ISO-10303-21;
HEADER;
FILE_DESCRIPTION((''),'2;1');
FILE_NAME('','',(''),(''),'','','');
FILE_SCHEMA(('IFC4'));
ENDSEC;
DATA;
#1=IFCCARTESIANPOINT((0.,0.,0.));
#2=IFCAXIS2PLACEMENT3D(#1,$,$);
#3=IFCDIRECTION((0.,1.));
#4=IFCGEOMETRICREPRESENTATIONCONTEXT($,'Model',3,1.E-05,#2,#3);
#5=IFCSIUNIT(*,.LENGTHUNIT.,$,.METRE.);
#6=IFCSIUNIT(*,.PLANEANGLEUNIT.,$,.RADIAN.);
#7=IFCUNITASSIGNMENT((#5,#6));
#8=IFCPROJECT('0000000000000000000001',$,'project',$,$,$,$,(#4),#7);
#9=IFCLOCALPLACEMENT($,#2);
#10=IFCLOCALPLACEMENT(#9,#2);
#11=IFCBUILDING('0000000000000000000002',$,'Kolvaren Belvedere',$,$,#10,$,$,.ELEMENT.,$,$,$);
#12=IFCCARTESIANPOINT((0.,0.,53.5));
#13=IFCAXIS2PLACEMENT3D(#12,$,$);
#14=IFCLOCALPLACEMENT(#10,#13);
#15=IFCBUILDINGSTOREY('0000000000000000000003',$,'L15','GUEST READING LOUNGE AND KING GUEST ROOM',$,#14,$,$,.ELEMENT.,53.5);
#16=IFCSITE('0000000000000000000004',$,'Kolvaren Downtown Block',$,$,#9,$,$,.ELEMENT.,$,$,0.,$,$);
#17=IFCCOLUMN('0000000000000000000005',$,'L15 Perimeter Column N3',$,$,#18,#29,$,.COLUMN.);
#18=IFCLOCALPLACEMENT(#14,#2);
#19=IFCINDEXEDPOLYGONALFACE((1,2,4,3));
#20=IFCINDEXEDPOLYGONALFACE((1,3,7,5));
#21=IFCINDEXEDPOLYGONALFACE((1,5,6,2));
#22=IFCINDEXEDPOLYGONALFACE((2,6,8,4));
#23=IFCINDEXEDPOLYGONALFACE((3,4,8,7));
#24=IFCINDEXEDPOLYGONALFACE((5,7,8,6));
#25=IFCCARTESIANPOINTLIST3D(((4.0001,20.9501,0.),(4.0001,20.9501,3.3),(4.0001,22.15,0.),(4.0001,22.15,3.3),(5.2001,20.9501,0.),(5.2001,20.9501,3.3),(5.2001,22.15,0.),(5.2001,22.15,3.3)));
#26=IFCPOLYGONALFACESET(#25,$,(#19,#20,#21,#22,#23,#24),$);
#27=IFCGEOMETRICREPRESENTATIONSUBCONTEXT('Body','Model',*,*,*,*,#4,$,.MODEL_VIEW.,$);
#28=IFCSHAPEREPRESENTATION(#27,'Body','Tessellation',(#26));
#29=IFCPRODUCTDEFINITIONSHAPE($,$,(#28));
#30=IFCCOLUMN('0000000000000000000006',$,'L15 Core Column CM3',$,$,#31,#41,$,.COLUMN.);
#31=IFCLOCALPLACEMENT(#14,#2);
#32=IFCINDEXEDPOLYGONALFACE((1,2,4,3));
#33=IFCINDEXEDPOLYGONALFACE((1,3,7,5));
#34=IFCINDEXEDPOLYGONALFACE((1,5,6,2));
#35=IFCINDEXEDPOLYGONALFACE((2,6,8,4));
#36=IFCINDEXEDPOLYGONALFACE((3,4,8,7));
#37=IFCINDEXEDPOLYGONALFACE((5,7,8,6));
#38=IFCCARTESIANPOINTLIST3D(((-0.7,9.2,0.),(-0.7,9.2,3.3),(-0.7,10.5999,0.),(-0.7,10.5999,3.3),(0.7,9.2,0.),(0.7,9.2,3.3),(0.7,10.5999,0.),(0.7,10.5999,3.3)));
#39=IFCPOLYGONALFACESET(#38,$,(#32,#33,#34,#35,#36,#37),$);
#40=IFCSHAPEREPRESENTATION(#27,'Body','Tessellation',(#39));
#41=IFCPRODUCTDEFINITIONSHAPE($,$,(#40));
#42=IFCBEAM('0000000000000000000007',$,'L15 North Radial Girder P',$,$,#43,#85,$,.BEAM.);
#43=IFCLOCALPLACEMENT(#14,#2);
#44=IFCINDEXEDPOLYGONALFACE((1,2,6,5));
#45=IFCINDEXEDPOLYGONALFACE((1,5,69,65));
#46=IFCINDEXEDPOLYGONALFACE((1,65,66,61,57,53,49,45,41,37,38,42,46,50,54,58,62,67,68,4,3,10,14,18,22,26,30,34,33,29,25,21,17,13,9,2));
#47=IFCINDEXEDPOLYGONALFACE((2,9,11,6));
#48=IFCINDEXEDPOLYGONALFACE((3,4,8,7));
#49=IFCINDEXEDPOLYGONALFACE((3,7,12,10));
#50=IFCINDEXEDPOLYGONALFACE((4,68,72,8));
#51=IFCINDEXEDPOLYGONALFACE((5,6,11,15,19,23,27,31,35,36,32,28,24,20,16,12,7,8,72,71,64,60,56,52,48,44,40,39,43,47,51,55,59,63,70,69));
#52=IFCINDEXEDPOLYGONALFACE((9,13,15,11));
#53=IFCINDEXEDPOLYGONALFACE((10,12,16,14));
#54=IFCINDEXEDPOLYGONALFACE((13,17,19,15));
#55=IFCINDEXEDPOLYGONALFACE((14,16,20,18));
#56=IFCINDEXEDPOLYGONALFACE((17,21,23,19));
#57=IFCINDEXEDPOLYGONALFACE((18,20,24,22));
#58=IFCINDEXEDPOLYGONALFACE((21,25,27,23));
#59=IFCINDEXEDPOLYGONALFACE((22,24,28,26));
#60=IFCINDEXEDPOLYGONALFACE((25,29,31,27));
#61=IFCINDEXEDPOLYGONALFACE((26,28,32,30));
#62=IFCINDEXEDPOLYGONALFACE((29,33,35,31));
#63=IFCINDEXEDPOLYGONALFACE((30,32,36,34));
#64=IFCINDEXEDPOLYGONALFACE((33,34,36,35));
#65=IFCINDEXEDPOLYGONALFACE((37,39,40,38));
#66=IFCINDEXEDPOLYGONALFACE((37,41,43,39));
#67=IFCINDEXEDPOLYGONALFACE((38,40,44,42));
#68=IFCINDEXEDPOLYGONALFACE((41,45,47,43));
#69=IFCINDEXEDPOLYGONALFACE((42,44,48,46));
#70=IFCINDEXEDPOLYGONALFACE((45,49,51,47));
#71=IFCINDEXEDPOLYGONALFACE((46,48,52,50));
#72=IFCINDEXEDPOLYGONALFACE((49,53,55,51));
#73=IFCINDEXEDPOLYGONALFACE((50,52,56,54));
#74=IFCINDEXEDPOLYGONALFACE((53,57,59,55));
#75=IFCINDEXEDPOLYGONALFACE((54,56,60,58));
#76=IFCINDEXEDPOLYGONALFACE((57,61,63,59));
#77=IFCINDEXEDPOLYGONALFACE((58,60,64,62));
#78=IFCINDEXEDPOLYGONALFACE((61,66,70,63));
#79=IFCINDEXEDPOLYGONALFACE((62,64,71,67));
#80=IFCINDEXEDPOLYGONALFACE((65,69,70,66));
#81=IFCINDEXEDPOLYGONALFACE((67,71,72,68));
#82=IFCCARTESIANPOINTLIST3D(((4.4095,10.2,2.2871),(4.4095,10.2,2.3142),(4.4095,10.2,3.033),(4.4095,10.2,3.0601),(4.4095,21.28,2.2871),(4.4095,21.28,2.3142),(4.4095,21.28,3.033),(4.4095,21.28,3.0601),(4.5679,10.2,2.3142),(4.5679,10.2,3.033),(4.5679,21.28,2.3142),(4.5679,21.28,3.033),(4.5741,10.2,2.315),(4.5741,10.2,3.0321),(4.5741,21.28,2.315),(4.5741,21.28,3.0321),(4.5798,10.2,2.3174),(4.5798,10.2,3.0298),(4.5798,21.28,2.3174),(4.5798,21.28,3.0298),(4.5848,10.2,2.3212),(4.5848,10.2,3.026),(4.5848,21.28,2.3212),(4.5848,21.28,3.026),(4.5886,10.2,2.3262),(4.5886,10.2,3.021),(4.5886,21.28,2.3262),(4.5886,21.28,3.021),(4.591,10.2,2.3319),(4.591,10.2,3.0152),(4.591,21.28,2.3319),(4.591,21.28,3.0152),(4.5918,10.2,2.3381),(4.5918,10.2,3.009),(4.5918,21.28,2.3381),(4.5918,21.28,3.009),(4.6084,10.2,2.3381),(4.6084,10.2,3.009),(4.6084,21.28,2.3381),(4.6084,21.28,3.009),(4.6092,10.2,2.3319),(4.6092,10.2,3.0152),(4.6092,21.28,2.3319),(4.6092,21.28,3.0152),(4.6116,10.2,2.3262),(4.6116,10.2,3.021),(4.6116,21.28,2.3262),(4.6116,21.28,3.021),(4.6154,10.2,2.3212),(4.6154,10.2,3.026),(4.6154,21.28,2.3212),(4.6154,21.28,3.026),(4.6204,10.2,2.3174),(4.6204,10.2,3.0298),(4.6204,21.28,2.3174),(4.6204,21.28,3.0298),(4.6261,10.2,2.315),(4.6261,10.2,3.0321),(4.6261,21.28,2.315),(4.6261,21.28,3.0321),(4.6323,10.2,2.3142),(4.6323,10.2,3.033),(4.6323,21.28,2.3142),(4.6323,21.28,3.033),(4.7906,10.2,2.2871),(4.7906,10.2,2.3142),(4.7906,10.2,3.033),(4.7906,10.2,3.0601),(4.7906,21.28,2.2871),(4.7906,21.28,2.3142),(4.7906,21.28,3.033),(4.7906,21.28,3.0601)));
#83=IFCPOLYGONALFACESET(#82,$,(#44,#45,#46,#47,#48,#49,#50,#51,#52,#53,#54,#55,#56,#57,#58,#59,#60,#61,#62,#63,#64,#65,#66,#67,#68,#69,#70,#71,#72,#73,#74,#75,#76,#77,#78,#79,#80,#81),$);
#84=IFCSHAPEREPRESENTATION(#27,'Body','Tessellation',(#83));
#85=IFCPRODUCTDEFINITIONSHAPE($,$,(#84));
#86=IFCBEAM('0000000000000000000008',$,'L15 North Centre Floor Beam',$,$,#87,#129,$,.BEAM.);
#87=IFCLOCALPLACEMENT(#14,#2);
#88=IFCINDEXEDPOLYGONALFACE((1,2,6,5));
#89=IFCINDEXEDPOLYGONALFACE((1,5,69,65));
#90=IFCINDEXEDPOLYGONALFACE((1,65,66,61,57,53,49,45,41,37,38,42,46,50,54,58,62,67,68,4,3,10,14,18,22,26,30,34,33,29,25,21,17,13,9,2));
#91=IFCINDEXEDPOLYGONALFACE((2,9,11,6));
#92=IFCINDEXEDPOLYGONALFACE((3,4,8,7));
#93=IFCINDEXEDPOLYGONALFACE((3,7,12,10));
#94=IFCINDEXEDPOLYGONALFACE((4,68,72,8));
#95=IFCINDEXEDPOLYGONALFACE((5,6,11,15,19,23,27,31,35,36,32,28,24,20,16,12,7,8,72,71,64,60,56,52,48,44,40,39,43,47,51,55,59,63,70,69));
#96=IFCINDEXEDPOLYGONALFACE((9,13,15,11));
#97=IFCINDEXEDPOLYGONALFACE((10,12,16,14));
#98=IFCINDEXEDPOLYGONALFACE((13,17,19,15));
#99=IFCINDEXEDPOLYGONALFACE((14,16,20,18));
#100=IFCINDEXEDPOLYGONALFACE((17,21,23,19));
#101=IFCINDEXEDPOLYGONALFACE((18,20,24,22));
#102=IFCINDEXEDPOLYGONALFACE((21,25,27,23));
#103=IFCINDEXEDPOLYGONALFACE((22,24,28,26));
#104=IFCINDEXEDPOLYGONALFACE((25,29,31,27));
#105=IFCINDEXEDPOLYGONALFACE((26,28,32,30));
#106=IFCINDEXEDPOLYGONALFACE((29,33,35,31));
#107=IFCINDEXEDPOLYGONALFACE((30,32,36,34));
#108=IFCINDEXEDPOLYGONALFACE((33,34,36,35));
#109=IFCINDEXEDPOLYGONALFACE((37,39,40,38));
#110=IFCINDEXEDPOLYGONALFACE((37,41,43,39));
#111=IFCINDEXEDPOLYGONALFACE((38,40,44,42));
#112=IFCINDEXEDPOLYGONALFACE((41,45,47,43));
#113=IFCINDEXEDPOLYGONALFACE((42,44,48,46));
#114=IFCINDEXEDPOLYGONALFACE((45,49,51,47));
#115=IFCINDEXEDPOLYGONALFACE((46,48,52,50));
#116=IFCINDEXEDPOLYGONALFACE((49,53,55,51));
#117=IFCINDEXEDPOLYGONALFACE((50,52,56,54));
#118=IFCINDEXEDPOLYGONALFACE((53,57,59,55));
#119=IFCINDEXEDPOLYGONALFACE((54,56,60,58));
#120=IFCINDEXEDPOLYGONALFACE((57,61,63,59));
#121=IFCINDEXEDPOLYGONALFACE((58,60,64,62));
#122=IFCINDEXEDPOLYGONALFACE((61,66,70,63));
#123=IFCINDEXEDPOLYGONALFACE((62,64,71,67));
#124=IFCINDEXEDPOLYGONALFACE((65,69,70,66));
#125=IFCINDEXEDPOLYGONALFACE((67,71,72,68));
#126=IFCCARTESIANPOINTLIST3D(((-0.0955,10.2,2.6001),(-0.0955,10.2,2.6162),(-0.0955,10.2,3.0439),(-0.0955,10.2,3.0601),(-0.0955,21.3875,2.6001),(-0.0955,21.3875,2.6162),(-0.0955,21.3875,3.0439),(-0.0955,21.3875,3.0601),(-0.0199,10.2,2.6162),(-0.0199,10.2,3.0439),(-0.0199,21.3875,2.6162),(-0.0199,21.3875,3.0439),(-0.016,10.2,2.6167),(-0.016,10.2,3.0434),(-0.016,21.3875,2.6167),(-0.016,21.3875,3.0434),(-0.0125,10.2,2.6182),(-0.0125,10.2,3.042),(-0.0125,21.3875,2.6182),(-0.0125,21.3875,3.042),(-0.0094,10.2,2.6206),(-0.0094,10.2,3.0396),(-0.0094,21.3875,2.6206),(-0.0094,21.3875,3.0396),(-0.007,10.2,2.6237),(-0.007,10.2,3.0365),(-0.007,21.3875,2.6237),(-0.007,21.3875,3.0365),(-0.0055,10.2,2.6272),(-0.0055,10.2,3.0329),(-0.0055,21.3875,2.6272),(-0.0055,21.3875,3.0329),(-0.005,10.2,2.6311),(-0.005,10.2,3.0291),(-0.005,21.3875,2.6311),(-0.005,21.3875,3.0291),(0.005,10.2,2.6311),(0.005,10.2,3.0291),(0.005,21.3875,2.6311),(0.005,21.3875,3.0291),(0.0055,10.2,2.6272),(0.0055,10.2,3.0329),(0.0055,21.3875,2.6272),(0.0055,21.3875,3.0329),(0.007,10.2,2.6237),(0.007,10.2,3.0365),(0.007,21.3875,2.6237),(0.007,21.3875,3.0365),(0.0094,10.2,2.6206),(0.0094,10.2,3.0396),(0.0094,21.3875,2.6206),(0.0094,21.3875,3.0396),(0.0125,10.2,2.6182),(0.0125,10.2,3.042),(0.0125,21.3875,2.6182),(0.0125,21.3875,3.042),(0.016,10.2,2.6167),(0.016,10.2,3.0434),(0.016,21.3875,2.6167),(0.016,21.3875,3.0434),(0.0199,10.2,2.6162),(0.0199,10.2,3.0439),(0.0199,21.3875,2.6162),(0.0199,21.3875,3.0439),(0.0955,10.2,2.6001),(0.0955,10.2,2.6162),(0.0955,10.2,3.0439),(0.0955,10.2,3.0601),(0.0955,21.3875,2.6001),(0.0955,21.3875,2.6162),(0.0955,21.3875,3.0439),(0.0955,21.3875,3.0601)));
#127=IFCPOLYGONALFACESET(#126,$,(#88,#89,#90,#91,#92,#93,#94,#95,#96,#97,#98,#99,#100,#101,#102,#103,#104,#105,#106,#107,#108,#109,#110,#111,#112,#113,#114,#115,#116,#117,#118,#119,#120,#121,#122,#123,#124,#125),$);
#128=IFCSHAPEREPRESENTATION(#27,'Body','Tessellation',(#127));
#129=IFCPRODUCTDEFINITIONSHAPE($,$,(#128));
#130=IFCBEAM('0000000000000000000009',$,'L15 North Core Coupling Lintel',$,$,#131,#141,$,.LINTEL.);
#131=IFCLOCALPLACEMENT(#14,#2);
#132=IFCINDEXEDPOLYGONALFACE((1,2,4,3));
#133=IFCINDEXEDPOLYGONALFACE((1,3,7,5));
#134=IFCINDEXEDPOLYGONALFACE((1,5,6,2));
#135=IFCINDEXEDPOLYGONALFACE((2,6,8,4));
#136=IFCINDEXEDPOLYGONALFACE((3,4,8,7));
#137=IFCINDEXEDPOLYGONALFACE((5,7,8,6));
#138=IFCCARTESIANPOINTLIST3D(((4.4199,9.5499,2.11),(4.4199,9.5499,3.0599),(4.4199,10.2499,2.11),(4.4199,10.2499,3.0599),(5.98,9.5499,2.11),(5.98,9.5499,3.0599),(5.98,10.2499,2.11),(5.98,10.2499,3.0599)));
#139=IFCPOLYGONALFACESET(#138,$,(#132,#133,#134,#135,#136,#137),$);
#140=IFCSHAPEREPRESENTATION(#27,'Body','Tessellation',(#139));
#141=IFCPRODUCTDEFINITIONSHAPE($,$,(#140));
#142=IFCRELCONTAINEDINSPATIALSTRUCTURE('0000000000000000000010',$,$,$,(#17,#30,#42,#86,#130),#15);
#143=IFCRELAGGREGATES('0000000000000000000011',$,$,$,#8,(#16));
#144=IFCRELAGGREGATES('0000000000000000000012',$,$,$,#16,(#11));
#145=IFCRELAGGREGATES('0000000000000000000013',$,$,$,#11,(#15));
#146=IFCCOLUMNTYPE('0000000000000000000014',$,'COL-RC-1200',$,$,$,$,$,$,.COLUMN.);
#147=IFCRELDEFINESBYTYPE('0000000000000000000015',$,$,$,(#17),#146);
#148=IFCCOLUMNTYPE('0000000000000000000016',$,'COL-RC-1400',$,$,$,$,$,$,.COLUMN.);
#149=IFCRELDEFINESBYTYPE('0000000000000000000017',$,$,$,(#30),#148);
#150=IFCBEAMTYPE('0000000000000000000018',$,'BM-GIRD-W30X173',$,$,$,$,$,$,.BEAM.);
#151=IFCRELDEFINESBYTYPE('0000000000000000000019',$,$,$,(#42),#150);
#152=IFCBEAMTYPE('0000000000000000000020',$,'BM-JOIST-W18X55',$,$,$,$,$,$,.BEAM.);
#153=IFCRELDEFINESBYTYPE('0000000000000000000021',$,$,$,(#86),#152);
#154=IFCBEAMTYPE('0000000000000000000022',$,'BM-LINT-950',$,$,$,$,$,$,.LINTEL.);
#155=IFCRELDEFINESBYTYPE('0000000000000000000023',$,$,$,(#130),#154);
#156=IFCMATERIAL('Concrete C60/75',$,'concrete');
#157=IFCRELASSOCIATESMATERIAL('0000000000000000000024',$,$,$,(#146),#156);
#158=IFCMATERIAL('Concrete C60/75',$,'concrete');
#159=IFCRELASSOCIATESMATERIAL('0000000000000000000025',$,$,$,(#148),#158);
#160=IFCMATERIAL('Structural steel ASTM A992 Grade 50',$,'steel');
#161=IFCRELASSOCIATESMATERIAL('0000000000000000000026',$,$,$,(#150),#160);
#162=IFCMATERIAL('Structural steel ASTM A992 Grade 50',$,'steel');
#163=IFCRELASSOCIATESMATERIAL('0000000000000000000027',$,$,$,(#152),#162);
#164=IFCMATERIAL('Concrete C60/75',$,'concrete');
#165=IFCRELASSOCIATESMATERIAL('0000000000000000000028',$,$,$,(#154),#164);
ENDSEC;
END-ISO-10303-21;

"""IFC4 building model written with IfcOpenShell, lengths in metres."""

from ifc_helpers import new_model, si_unit, direction, frame, origin, origin_2d, place, context, subcontext, project, spatial, rectangle, i_section, extrude, material, material_profile, profile_set, type_object, element, save


model = new_model("IFC4")

# Units and contexts
model_context = context("Model", 3, precision=1e-05, world=origin(), true_north=direction((0.0, 1.0)))
body_context = subcontext(model_context, "Body", "Model", "MODEL_VIEW")
ifc_project = project(units=[si_unit("LENGTHUNIT", "METRE"), si_unit("PLANEANGLEUNIT", "RADIAN")], contexts=[model_context])

# Site, building, storey
site_placement = place(None, origin())
site = spatial("IfcSite", under=ifc_project, at=site_placement, Name="Kolvaren Downtown Block", CompositionType="ELEMENT", RefElevation=0.0)
building_placement = place(site_placement, origin())
building = spatial("IfcBuilding", under=site, at=building_placement, Name="Kolvaren Belvedere", CompositionType="ELEMENT")
storey_placement = place(building_placement, frame((0.0, 0.0, 53.5)))
storey = spatial("IfcBuildingStorey", under=building, at=storey_placement, Name="L15", Description="GUEST READING LOUNGE AND KING GUEST ROOM", CompositionType="ELEMENT", Elevation=53.5)

# Columns
ifc_material_1 = material(Name="Concrete C60/75", Category="concrete")
ifc_material_profile_1 = material_profile(ifc_material_1, rectangle(XDim=1.2, YDim=1.2, at=origin_2d()), Name="RC 1200X1200")
ifc_profile_set_1 = profile_set([ifc_material_profile_1], Name="Concrete C60/75")
column_type_1 = type_object("IfcColumnType", Name="COL-RC-1200", PredefinedType="COLUMN", material=ifc_profile_set_1)
column_1_placement = place(storey_placement, frame((4.6001, 21.55, 0.0), z_axis=(0.0, 0.0, 1.0), x_axis=(1.0, 0.0, 0.0)))
element("IfcColumn", 1, at=column_1_placement, inside=storey, type_object=column_type_1, Name="L15 Perimeter Column N3", PredefinedType="COLUMN", context=body_context, shape_type="SweptSolid", body=[
    extrude(rectangle(XDim=1.2, YDim=1.2, at=origin_2d()), origin(), (0.0, 0.0, 1.0), 3.3),
])
ifc_material_2 = material(Name="Concrete C60/75", Category="concrete")
ifc_material_profile_2 = material_profile(ifc_material_2, rectangle(XDim=1.3999, YDim=1.3999, at=origin_2d()), Name="RC 1400X1400")
ifc_profile_set_2 = profile_set([ifc_material_profile_2], Name="Concrete C60/75")
column_type_2 = type_object("IfcColumnType", Name="COL-RC-1400", PredefinedType="COLUMN", material=ifc_profile_set_2)
column_2_placement = place(storey_placement, frame((0.0, 9.8999, 0.0), z_axis=(0.0, 0.0, 1.0), x_axis=(1.0, 0.0, 0.0)))
element("IfcColumn", 2, at=column_2_placement, inside=storey, type_object=column_type_2, Name="L15 Core Column CM3", PredefinedType="COLUMN", context=body_context, shape_type="SweptSolid", body=[
    extrude(rectangle(XDim=1.3999, YDim=1.3999, at=origin_2d()), origin(), (0.0, 0.0, 1.0), 3.3),
])

# Beams
ifc_material_3 = material(Name="Structural steel ASTM A992 Grade 50", Category="steel")
ifc_material_profile_3 = material_profile(ifc_material_3, i_section(OverallWidth=0.3811, OverallDepth=0.7729, WebThickness=0.0166, FlangeThickness=0.0271, FilletRadius=0.0239, at=origin_2d()), Name="W30X173")
ifc_profile_set_3 = profile_set([ifc_material_profile_3], Name="Structural steel ASTM A992 Grade 50")
beam_type_1 = type_object("IfcBeamType", Name="BM-GIRD-W30X173", PredefinedType="BEAM", material=ifc_profile_set_3)
beam_1_placement = place(storey_placement, frame((4.6001, 10.2, 2.6736), z_axis=(0.0, 1.0, 0.0), x_axis=(-1.0, 0.0, 0.0)))
element("IfcBeam", 3, at=beam_1_placement, inside=storey, type_object=beam_type_1, Name="L15 North Radial Girder P", PredefinedType="BEAM", context=body_context, shape_type="SweptSolid", body=[
    extrude(i_section(OverallWidth=0.3811, OverallDepth=0.7729, WebThickness=0.0166, FlangeThickness=0.0271, FilletRadius=0.0239, at=origin_2d()), origin(), (0.0, 0.0, 1.0), 11.0801),
])
ifc_material_4 = material(Name="Structural steel ASTM A992 Grade 50", Category="steel")
ifc_material_profile_4 = material_profile(ifc_material_4, i_section(OverallWidth=0.1909, OverallDepth=0.46, WebThickness=0.01, FlangeThickness=0.0161, FilletRadius=0.0149, at=origin_2d()), Name="W18X55")
ifc_profile_set_4 = profile_set([ifc_material_profile_4], Name="Structural steel ASTM A992 Grade 50")
beam_type_2 = type_object("IfcBeamType", Name="BM-JOIST-W18X55", PredefinedType="BEAM", material=ifc_profile_set_4)
beam_2_placement = place(storey_placement, frame((0.0, 10.2, 2.8301), z_axis=(0.0, 1.0, 0.0), x_axis=(-1.0, 0.0, 0.0)))
element("IfcBeam", 4, at=beam_2_placement, inside=storey, type_object=beam_type_2, Name="L15 North Centre Floor Beam", PredefinedType="BEAM", context=body_context, shape_type="SweptSolid", body=[
    extrude(i_section(OverallWidth=0.1909, OverallDepth=0.46, WebThickness=0.01, FlangeThickness=0.0161, FilletRadius=0.0149, at=origin_2d()), origin(), (0.0, 0.0, 1.0), 11.1875),
])
ifc_material_5 = material(Name="Concrete C60/75", Category="concrete")
ifc_material_profile_5 = material_profile(ifc_material_5, rectangle(XDim=0.7, YDim=0.95, at=origin_2d()), Name="RC 700X950")
ifc_profile_set_5 = profile_set([ifc_material_profile_5], Name="Concrete C60/75")
beam_type_3 = type_object("IfcBeamType", Name="BM-LINT-950", PredefinedType="LINTEL", material=ifc_profile_set_5)
beam_3_placement = place(storey_placement, frame((4.4199, 9.8999, 2.585), z_axis=(1.0, 0.0, 0.0), x_axis=(0.0, 1.0, 0.0)))
element("IfcBeam", 5, at=beam_3_placement, inside=storey, type_object=beam_type_3, Name="L15 North Core Coupling Lintel", PredefinedType="LINTEL", context=body_context, shape_type="SweptSolid", body=[
    extrude(rectangle(XDim=0.7, YDim=0.95, at=origin_2d()), origin(), (0.0, 0.0, 1.0), 1.5601),
])

save(model, "model.ifc")
